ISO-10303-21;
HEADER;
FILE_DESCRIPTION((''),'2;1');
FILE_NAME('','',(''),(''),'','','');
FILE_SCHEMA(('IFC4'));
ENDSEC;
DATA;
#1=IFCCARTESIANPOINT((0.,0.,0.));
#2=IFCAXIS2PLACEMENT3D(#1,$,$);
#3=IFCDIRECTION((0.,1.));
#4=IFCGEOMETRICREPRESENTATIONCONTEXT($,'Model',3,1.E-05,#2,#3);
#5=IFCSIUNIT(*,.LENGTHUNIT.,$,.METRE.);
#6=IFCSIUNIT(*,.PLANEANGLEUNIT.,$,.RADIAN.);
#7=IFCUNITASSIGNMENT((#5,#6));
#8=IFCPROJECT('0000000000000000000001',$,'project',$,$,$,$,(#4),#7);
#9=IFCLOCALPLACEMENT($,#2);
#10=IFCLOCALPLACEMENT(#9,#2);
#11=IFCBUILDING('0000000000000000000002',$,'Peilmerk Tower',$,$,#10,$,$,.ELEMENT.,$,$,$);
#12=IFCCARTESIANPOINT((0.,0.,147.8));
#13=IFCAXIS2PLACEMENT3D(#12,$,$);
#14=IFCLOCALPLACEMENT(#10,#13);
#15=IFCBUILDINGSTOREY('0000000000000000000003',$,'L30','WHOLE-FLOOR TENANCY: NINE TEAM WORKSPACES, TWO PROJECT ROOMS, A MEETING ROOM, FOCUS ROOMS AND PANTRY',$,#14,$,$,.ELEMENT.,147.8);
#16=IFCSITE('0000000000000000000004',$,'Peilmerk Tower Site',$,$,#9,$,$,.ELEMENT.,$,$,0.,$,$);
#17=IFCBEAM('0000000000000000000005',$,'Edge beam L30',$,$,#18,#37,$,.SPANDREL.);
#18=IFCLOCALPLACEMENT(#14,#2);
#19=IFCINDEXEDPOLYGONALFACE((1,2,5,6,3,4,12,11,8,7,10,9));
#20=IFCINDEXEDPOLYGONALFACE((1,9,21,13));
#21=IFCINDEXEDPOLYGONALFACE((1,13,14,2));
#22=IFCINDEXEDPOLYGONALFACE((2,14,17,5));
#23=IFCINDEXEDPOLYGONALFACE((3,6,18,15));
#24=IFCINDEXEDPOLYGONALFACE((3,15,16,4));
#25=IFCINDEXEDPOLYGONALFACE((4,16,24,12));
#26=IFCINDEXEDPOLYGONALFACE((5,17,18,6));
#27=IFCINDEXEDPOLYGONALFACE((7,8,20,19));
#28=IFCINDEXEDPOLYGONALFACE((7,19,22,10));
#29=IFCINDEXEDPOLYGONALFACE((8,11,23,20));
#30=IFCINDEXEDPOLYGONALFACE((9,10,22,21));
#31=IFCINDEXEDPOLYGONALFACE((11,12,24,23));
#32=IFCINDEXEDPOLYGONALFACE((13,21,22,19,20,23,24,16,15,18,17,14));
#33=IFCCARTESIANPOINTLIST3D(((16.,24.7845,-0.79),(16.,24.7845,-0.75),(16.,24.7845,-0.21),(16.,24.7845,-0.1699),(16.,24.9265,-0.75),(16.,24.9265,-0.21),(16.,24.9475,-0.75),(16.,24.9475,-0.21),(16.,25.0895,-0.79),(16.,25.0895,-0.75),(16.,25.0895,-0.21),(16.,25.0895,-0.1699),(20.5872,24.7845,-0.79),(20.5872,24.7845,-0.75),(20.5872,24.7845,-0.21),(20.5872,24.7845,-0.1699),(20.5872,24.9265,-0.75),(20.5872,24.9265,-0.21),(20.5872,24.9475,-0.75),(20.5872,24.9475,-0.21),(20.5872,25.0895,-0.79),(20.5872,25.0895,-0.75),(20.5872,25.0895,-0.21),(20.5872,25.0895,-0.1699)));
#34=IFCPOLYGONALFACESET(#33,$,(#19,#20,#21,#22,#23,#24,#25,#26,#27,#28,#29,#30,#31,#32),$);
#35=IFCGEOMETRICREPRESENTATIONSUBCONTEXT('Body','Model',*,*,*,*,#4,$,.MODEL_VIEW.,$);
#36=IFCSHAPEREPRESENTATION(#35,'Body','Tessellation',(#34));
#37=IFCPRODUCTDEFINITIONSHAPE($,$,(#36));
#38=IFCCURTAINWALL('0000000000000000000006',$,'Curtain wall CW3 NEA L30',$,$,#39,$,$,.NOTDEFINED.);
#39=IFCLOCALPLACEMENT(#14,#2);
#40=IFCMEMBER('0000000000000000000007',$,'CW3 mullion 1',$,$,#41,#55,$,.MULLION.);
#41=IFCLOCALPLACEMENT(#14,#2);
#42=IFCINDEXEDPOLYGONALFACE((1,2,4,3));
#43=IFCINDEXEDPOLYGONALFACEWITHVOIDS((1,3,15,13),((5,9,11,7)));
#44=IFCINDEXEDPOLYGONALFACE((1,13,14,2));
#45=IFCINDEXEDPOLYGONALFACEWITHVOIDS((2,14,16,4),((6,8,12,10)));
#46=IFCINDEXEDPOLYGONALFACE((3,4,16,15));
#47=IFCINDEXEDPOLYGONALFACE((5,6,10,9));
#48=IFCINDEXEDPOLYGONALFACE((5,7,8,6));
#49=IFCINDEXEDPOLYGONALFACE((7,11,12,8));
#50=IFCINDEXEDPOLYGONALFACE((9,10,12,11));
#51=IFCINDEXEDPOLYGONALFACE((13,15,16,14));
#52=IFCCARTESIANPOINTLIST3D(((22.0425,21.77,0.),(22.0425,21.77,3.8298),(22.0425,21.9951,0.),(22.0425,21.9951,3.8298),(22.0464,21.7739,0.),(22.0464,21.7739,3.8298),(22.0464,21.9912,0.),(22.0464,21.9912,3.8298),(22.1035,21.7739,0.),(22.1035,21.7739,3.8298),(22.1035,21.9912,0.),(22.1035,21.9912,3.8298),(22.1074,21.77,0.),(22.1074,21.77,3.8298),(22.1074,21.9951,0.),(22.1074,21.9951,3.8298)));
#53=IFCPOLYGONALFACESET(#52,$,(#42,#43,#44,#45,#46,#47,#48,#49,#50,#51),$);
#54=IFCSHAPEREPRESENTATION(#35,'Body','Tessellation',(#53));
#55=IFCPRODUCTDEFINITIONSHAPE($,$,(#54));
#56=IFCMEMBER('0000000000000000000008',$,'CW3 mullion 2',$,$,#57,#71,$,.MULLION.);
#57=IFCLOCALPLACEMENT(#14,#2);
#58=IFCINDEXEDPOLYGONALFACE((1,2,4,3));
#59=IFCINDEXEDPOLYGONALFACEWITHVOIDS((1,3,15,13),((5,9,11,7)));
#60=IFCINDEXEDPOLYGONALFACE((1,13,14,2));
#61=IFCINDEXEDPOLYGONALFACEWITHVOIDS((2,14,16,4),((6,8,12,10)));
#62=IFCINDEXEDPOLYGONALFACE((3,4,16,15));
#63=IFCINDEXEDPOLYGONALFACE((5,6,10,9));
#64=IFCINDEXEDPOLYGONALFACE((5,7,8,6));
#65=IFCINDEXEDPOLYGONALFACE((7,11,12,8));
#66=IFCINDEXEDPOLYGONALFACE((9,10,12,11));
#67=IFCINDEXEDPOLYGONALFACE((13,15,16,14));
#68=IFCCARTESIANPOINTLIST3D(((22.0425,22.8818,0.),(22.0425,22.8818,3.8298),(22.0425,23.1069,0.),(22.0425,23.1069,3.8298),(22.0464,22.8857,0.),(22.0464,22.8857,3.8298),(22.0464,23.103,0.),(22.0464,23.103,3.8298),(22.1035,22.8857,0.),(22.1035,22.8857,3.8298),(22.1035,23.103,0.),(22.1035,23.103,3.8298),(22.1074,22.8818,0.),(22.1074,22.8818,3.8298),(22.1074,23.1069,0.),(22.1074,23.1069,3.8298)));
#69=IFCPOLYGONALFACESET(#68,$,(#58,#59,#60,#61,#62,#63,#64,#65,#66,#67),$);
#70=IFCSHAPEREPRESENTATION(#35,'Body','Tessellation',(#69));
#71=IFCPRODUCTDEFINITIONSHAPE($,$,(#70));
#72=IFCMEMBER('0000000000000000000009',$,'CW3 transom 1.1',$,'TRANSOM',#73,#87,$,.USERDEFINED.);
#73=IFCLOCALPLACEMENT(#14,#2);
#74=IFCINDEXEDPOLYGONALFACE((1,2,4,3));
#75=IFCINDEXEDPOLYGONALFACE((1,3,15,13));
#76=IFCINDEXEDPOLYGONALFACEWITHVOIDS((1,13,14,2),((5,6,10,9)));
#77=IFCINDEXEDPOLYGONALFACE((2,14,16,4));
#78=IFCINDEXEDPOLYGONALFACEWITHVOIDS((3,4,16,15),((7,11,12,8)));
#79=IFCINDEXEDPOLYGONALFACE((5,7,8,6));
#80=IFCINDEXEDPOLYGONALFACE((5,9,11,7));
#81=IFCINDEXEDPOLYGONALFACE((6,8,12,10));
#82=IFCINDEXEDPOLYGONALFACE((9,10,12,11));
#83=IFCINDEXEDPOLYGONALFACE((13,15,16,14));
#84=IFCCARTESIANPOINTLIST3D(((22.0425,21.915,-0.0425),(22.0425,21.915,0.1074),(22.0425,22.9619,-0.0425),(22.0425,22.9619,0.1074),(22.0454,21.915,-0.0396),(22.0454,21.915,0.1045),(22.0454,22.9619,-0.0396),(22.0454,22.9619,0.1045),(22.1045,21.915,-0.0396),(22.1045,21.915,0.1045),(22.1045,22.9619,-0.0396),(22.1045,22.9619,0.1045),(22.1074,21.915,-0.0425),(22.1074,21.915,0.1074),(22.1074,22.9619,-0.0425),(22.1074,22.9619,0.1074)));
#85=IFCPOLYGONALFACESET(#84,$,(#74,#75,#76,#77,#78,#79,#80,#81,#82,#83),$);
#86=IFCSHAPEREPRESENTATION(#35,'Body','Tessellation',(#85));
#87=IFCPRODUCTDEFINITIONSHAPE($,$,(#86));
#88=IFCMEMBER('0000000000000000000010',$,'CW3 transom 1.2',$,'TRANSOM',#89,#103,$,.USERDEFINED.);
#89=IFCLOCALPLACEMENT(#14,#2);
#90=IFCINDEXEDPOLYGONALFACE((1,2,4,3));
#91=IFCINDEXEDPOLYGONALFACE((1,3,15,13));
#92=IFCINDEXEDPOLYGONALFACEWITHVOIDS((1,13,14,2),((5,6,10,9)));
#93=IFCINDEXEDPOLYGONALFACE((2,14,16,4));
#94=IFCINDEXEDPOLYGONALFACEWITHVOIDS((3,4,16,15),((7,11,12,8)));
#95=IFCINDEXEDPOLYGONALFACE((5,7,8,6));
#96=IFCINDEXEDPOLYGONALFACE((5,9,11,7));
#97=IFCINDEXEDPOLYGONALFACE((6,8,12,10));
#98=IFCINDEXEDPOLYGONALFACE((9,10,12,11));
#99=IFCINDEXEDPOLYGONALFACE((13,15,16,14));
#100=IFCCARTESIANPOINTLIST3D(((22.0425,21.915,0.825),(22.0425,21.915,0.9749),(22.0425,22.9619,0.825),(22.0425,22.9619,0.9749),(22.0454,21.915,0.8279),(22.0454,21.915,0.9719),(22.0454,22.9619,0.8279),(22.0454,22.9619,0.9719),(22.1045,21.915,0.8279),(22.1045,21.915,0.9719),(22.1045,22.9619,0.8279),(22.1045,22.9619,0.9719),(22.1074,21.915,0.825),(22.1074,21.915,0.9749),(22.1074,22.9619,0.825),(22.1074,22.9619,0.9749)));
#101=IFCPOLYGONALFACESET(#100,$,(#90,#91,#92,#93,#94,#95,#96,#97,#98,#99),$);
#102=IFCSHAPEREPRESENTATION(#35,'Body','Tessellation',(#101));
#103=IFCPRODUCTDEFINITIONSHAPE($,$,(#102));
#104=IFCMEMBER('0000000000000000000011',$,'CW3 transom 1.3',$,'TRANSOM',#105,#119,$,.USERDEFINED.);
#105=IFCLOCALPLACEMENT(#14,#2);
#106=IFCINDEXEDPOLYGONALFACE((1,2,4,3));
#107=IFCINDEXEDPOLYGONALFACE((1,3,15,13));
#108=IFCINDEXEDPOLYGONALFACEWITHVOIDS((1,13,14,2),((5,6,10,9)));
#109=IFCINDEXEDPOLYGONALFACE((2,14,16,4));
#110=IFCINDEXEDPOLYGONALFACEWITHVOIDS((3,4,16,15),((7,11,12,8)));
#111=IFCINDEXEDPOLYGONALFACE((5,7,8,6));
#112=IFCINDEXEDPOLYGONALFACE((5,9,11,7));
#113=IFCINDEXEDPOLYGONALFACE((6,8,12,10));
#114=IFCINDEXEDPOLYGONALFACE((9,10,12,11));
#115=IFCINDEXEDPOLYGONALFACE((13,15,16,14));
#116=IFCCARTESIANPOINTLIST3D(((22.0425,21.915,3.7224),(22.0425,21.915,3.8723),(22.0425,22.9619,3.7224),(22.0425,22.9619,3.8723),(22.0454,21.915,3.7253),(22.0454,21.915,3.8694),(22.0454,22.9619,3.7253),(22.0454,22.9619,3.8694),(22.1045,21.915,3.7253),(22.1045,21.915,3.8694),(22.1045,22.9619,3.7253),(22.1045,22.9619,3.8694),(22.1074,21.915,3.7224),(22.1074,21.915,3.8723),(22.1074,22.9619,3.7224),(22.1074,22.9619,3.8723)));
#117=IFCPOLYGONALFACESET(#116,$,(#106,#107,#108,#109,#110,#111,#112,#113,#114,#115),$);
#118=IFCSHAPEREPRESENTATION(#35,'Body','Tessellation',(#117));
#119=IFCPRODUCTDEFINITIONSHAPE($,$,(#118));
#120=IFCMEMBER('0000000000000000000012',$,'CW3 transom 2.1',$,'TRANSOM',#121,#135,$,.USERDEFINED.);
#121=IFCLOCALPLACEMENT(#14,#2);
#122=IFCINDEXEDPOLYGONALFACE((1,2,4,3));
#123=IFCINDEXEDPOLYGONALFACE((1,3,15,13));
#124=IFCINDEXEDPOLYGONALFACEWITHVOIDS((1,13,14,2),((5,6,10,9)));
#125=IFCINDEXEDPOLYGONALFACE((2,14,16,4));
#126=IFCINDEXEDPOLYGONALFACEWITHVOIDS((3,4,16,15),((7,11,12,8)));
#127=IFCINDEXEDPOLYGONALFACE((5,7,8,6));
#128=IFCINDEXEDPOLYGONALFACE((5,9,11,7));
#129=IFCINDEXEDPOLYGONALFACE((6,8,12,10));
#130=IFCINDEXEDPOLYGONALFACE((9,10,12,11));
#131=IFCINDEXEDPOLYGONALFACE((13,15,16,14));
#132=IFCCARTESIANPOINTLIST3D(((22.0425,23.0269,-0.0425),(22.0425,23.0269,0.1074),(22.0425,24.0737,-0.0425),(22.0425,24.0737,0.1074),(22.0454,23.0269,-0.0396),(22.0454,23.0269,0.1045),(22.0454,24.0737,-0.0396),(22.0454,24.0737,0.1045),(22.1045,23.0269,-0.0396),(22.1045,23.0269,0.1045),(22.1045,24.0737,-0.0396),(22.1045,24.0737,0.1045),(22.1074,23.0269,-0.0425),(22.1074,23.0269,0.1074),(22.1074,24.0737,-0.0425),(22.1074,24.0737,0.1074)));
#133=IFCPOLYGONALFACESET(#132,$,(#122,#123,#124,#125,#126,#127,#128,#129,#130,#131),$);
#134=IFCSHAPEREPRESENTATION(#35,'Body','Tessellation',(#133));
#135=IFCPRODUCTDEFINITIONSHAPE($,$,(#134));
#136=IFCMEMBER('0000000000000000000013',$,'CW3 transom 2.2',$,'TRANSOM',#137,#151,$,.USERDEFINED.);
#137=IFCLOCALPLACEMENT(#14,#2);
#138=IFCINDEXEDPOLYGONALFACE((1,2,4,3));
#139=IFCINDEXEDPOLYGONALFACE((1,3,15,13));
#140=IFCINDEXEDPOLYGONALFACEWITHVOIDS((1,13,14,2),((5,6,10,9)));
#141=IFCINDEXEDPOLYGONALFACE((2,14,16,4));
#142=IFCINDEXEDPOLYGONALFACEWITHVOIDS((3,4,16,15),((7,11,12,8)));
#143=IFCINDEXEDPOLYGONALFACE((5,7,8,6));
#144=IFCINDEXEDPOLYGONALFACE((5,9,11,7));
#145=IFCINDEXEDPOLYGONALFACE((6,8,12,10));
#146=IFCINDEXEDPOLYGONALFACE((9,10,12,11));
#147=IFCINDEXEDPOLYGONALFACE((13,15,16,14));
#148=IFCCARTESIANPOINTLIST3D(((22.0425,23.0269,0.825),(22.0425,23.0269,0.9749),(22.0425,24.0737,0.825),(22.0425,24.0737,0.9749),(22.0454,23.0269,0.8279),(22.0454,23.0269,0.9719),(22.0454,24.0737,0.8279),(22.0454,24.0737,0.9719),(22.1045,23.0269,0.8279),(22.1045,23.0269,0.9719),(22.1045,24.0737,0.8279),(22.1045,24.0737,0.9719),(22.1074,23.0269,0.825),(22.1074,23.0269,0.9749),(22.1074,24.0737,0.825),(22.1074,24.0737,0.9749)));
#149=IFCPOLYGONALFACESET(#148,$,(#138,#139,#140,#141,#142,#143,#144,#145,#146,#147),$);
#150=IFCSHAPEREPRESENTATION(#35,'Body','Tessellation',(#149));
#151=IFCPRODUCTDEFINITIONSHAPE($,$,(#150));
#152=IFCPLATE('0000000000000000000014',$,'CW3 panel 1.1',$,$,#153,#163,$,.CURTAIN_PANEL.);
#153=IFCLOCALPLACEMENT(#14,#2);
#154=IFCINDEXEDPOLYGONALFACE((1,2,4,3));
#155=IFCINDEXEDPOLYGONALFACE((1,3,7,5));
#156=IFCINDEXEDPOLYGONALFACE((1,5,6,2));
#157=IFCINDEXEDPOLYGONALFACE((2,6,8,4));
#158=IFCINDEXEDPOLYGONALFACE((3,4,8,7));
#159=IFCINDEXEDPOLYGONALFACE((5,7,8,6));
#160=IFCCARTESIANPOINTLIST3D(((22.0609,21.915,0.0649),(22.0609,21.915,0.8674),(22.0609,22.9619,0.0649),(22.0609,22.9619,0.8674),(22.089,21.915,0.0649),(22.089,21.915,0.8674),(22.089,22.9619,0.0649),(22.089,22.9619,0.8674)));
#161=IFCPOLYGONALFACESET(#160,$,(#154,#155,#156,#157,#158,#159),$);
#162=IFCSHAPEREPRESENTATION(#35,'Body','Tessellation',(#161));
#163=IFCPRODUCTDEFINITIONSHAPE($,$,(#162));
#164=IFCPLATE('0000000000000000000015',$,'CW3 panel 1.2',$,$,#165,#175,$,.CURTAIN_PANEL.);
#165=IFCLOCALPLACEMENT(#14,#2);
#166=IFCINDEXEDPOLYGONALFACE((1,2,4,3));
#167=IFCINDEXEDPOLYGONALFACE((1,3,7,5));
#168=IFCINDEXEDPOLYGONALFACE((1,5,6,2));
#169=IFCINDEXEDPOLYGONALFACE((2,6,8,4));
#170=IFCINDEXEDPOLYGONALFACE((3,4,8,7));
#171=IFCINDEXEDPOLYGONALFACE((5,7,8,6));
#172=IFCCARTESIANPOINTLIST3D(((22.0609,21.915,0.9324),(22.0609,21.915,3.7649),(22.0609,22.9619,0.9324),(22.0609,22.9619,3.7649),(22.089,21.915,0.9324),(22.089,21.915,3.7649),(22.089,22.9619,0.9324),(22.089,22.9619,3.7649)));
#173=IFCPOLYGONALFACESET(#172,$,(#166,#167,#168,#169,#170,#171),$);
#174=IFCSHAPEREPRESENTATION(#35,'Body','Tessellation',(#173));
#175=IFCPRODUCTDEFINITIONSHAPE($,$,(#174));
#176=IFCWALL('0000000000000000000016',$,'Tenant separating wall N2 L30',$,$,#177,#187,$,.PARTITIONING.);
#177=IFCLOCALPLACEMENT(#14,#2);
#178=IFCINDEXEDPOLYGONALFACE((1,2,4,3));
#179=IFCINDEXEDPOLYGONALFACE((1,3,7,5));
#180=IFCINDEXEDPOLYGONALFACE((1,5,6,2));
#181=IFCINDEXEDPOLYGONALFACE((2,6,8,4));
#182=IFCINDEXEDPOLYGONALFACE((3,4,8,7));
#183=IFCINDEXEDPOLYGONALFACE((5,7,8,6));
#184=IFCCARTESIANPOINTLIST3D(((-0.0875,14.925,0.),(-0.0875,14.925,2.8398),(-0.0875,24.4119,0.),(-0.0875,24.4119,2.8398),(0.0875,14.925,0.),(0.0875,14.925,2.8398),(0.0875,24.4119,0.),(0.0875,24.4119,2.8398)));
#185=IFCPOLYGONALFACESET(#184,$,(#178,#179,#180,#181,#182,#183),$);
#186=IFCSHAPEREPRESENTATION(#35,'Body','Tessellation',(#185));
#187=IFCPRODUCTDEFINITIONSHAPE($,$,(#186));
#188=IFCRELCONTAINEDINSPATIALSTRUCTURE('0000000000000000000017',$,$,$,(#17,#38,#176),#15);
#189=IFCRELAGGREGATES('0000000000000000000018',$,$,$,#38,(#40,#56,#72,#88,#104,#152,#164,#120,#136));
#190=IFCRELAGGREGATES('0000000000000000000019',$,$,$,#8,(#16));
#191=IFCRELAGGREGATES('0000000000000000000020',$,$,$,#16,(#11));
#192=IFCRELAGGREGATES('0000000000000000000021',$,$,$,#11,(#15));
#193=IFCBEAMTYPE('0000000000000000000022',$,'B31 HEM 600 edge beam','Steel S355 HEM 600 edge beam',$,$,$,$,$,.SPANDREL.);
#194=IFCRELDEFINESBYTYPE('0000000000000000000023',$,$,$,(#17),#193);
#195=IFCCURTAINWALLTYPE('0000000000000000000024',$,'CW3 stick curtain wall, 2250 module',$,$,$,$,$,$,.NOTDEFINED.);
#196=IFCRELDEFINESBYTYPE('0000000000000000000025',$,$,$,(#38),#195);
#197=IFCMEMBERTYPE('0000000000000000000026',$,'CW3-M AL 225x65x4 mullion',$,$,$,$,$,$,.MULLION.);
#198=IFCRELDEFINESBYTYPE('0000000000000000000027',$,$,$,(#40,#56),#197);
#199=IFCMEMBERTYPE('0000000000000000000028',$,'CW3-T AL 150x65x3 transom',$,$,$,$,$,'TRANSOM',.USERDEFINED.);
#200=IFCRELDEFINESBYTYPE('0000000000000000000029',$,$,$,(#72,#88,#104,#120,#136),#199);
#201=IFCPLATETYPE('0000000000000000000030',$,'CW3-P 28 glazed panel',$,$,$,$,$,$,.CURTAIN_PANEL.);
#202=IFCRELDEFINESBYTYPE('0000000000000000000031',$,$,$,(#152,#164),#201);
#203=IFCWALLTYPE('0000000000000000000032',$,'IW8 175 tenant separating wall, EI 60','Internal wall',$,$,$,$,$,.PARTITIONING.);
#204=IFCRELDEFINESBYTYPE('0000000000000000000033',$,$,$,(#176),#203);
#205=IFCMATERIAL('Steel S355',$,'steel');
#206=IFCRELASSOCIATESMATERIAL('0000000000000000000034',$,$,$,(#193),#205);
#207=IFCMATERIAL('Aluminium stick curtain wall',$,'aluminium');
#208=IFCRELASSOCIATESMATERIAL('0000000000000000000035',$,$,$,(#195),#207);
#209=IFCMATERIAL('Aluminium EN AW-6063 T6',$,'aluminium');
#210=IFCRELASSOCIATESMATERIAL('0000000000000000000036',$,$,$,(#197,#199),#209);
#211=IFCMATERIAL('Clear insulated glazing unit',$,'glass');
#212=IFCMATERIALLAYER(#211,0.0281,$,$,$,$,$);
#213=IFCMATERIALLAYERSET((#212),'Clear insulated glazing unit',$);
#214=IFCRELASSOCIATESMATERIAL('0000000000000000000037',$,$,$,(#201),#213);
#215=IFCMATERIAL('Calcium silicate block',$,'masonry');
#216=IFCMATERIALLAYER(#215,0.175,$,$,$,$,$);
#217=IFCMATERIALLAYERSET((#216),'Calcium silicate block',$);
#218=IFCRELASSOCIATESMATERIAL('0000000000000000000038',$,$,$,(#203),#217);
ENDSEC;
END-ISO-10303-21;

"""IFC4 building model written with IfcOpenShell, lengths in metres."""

from ifc_helpers import new_model, si_unit, direction, frame, frame_2d, origin, origin_2d, place, context, subcontext, project, spatial, rectangle, hollow_rectangle, i_section, extrude, material, layer, layer_set, material_profile, profile_set, type_object, element, aggregate, save


model = new_model("IFC4")

# Units and contexts
model_context = context("Model", 3, precision=1e-05, world=origin(), true_north=direction((0.0, 1.0)))
body_context = subcontext(model_context, "Body", "Model", "MODEL_VIEW")
ifc_project = project(units=[si_unit("LENGTHUNIT", "METRE"), si_unit("PLANEANGLEUNIT", "RADIAN")], contexts=[model_context])

# Site, building, storey
site_placement = place(None, origin())
site = spatial("IfcSite", under=ifc_project, at=site_placement, Name="Peilmerk Tower Site", CompositionType="ELEMENT", RefElevation=0.0)
building_placement = place(site_placement, origin())
building = spatial("IfcBuilding", under=site, at=building_placement, Name="Peilmerk Tower", CompositionType="ELEMENT")
storey_placement = place(building_placement, frame((0.0, 0.0, 147.8)))
storey = spatial("IfcBuildingStorey", under=building, at=storey_placement, Name="L30", Description="WHOLE-FLOOR TENANCY: NINE TEAM WORKSPACES, TWO PROJECT ROOMS, A MEETING ROOM, FOCUS ROOMS AND PANTRY", CompositionType="ELEMENT", Elevation=147.8)

# Beam
ifc_material_1 = material(Name="Steel S355", Category="steel")
ifc_material_profile_1 = material_profile(ifc_material_1, i_section(OverallWidth=0.3049, OverallDepth=0.6201, WebThickness=0.021, FlangeThickness=0.04, at=origin_2d()), Name="HEM 600")
ifc_profile_set_1 = profile_set([ifc_material_profile_1], Name="Steel S355")
beam_type_1 = type_object("IfcBeamType", Name="B31 HEM 600 edge beam", Description="Steel S355 HEM 600 edge beam", PredefinedType="SPANDREL", material=ifc_profile_set_1)
beam_1_placement = place(storey_placement, frame((20.5872, 24.937, -0.48), z_axis=(-1.0, 0.0, 0.0), x_axis=(0.0, -1.0, 0.0)))
element("IfcBeam", 1, at=beam_1_placement, inside=storey, type_object=beam_type_1, Name="Edge beam L30", PredefinedType="SPANDREL", context=body_context, shape_type="SweptSolid", body=[
    extrude(i_section(OverallWidth=0.3049, OverallDepth=0.6201, WebThickness=0.021, FlangeThickness=0.04, at=origin_2d()), origin(), (0.0, 0.0, 1.0), 4.5872),
])

# Curtain wall, members, plates
ifc_material_2 = material(Name="Aluminium stick curtain wall", Category="aluminium")
curtain_wall_type = type_object("IfcCurtainWallType", Name="CW3 stick curtain wall, 2250 module", PredefinedType="NOTDEFINED", material=ifc_material_2)
curtain_wall_placement = place(storey_placement, origin())
curtain_wall = element("IfcCurtainWall", 2, at=curtain_wall_placement, inside=storey, type_object=curtain_wall_type, Name="Curtain wall CW3 NEA L30", PredefinedType="NOTDEFINED")
ifc_material_3 = material(Name="Aluminium EN AW-6063 T6", Category="aluminium")
ifc_material_profile_2 = material_profile(ifc_material_3, hollow_rectangle(XDim=0.0649, YDim=0.2251, WallThickness=0.0039, at=origin_2d()), Name="AL 225x65x4")
ifc_profile_set_2 = profile_set([ifc_material_profile_2], Name="Aluminium EN AW-6063 T6")
member_type_1 = type_object("IfcMemberType", Name="CW3-M AL 225x65x4 mullion", PredefinedType="MULLION", material=ifc_profile_set_2)
member_1_placement = place(storey_placement, frame((22.075, 21.8826, 0.0), z_axis=(0.0, 0.0, 1.0), x_axis=(-1.0, 0.0, 0.0)))
member_1 = element("IfcMember", 3, at=member_1_placement, type_object=member_type_1, Name="CW3 mullion 1", PredefinedType="MULLION", context=body_context, shape_type="SweptSolid", body=[
    extrude(hollow_rectangle(XDim=0.0649, YDim=0.2251, WallThickness=0.0039, at=origin_2d()), origin(), (0.0, 0.0, 1.0), 3.8298),
])
member_2_placement = place(storey_placement, frame((22.075, 22.9944, 0.0), z_axis=(0.0, 0.0, 1.0), x_axis=(-1.0, 0.0, 0.0)))
member_2 = element("IfcMember", 4, at=member_2_placement, type_object=member_type_1, Name="CW3 mullion 2", PredefinedType="MULLION", context=body_context, shape_type="SweptSolid", body=[
    extrude(hollow_rectangle(XDim=0.0649, YDim=0.2251, WallThickness=0.0039, at=origin_2d()), origin(), (0.0, 0.0, 1.0), 3.8298),
])
ifc_material_profile_3 = material_profile(ifc_material_3, hollow_rectangle(XDim=0.0649, YDim=0.1499, WallThickness=0.0029, at=origin_2d()), Name="AL 150x65x3")
ifc_profile_set_3 = profile_set([ifc_material_profile_3], Name="Aluminium EN AW-6063 T6")
member_type_2 = type_object("IfcMemberType", Name="CW3-T AL 150x65x3 transom", ElementType="TRANSOM", PredefinedType="USERDEFINED", material=ifc_profile_set_3)
member_3_placement = place(storey_placement, frame((22.075, 21.915, 0.0325), z_axis=(0.0, 1.0, 0.0), x_axis=(-1.0, 0.0, 0.0)))
member_3 = element("IfcMember", 5, at=member_3_placement, type_object=member_type_2, Name="CW3 transom 1.1", ObjectType="TRANSOM", PredefinedType="USERDEFINED", context=body_context, shape_type="SweptSolid", body=[
    extrude(hollow_rectangle(XDim=0.0649, YDim=0.1499, WallThickness=0.0029, at=origin_2d()), origin(), (0.0, 0.0, 1.0), 1.0469),
])
member_4_placement = place(storey_placement, frame((22.075, 21.915, 0.8999), z_axis=(0.0, 1.0, 0.0), x_axis=(-1.0, 0.0, 0.0)))
member_4 = element("IfcMember", 6, at=member_4_placement, type_object=member_type_2, Name="CW3 transom 1.2", ObjectType="TRANSOM", PredefinedType="USERDEFINED", context=body_context, shape_type="SweptSolid", body=[
    extrude(hollow_rectangle(XDim=0.0649, YDim=0.1499, WallThickness=0.0029, at=origin_2d()), origin(), (0.0, 0.0, 1.0), 1.0469),
])
member_5_placement = place(storey_placement, frame((22.075, 21.915, 3.7974), z_axis=(0.0, 1.0, 0.0), x_axis=(-1.0, 0.0, 0.0)))
member_5 = element("IfcMember", 7, at=member_5_placement, type_object=member_type_2, Name="CW3 transom 1.3", ObjectType="TRANSOM", PredefinedType="USERDEFINED", context=body_context, shape_type="SweptSolid", body=[
    extrude(hollow_rectangle(XDim=0.0649, YDim=0.1499, WallThickness=0.0029, at=origin_2d()), origin(), (0.0, 0.0, 1.0), 1.0469),
])
member_6_placement = place(storey_placement, frame((22.075, 23.0269, 0.0325), z_axis=(0.0, 1.0, 0.0), x_axis=(-1.0, 0.0, 0.0)))
member_6 = element("IfcMember", 8, at=member_6_placement, type_object=member_type_2, Name="CW3 transom 2.1", ObjectType="TRANSOM", PredefinedType="USERDEFINED", context=body_context, shape_type="SweptSolid", body=[
    extrude(hollow_rectangle(XDim=0.0649, YDim=0.1499, WallThickness=0.0029, at=origin_2d()), origin(), (0.0, 0.0, 1.0), 1.0469),
])
member_7_placement = place(storey_placement, frame((22.075, 23.0269, 0.8999), z_axis=(0.0, 1.0, 0.0), x_axis=(-1.0, 0.0, 0.0)))
member_7 = element("IfcMember", 9, at=member_7_placement, type_object=member_type_2, Name="CW3 transom 2.2", ObjectType="TRANSOM", PredefinedType="USERDEFINED", context=body_context, shape_type="SweptSolid", body=[
    extrude(hollow_rectangle(XDim=0.0649, YDim=0.1499, WallThickness=0.0029, at=origin_2d()), origin(), (0.0, 0.0, 1.0), 1.0469),
])
ifc_material_4 = material(Name="Clear insulated glazing unit", Category="glass")
ifc_layer_1 = layer(ifc_material_4, 0.0281)
ifc_layer_set_1 = layer_set([ifc_layer_1], Name="Clear insulated glazing unit")
plate_type = type_object("IfcPlateType", Name="CW3-P 28 glazed panel", PredefinedType="CURTAIN_PANEL", material=ifc_layer_set_1)
plate_1_placement = place(storey_placement, frame((22.075, 22.4385, 0.0649), z_axis=(0.0, 0.0, 1.0), x_axis=(0.0, 1.0, 0.0)))
plate_1 = element("IfcPlate", 10, at=plate_1_placement, type_object=plate_type, Name="CW3 panel 1.1", PredefinedType="CURTAIN_PANEL", context=body_context, shape_type="SweptSolid", body=[
    extrude(rectangle(XDim=1.0469, YDim=0.0281, at=origin_2d()), origin(), (0.0, 0.0, 1.0), 0.8025),
])
plate_2_placement = place(storey_placement, frame((22.075, 22.4385, 0.9324), z_axis=(0.0, 0.0, 1.0), x_axis=(0.0, 1.0, 0.0)))
plate_2 = element("IfcPlate", 11, at=plate_2_placement, type_object=plate_type, Name="CW3 panel 1.2", PredefinedType="CURTAIN_PANEL", context=body_context, shape_type="SweptSolid", body=[
    extrude(rectangle(XDim=1.0469, YDim=0.0281, at=origin_2d()), origin(), (0.0, 0.0, 1.0), 2.8325),
])
aggregate(curtain_wall, [member_1, member_2, member_3, member_4, member_5, plate_1, plate_2, member_6, member_7])

# Wall
ifc_material_5 = material(Name="Calcium silicate block", Category="masonry")
ifc_layer_2 = layer(ifc_material_5, 0.175)
ifc_layer_set_2 = layer_set([ifc_layer_2], Name="Calcium silicate block")
wall_type = type_object("IfcWallType", Name="IW8 175 tenant separating wall, EI 60", Description="Internal wall", PredefinedType="PARTITIONING", material=ifc_layer_set_2)
wall_1_placement = place(storey_placement, frame((0.0, 14.925, 0.0), z_axis=(0.0, 0.0, 1.0), x_axis=(0.0, 1.0, 0.0)))
element("IfcWall", 12, at=wall_1_placement, inside=storey, type_object=wall_type, Name="Tenant separating wall N2 L30", PredefinedType="PARTITIONING", context=body_context, shape_type="SweptSolid", body=[
    extrude(rectangle(XDim=9.4868, YDim=0.175, at=frame_2d((4.7434, 0.0))), origin(), (0.0, 0.0, 1.0), 2.8398),
])

save(model, "model.ifc")
